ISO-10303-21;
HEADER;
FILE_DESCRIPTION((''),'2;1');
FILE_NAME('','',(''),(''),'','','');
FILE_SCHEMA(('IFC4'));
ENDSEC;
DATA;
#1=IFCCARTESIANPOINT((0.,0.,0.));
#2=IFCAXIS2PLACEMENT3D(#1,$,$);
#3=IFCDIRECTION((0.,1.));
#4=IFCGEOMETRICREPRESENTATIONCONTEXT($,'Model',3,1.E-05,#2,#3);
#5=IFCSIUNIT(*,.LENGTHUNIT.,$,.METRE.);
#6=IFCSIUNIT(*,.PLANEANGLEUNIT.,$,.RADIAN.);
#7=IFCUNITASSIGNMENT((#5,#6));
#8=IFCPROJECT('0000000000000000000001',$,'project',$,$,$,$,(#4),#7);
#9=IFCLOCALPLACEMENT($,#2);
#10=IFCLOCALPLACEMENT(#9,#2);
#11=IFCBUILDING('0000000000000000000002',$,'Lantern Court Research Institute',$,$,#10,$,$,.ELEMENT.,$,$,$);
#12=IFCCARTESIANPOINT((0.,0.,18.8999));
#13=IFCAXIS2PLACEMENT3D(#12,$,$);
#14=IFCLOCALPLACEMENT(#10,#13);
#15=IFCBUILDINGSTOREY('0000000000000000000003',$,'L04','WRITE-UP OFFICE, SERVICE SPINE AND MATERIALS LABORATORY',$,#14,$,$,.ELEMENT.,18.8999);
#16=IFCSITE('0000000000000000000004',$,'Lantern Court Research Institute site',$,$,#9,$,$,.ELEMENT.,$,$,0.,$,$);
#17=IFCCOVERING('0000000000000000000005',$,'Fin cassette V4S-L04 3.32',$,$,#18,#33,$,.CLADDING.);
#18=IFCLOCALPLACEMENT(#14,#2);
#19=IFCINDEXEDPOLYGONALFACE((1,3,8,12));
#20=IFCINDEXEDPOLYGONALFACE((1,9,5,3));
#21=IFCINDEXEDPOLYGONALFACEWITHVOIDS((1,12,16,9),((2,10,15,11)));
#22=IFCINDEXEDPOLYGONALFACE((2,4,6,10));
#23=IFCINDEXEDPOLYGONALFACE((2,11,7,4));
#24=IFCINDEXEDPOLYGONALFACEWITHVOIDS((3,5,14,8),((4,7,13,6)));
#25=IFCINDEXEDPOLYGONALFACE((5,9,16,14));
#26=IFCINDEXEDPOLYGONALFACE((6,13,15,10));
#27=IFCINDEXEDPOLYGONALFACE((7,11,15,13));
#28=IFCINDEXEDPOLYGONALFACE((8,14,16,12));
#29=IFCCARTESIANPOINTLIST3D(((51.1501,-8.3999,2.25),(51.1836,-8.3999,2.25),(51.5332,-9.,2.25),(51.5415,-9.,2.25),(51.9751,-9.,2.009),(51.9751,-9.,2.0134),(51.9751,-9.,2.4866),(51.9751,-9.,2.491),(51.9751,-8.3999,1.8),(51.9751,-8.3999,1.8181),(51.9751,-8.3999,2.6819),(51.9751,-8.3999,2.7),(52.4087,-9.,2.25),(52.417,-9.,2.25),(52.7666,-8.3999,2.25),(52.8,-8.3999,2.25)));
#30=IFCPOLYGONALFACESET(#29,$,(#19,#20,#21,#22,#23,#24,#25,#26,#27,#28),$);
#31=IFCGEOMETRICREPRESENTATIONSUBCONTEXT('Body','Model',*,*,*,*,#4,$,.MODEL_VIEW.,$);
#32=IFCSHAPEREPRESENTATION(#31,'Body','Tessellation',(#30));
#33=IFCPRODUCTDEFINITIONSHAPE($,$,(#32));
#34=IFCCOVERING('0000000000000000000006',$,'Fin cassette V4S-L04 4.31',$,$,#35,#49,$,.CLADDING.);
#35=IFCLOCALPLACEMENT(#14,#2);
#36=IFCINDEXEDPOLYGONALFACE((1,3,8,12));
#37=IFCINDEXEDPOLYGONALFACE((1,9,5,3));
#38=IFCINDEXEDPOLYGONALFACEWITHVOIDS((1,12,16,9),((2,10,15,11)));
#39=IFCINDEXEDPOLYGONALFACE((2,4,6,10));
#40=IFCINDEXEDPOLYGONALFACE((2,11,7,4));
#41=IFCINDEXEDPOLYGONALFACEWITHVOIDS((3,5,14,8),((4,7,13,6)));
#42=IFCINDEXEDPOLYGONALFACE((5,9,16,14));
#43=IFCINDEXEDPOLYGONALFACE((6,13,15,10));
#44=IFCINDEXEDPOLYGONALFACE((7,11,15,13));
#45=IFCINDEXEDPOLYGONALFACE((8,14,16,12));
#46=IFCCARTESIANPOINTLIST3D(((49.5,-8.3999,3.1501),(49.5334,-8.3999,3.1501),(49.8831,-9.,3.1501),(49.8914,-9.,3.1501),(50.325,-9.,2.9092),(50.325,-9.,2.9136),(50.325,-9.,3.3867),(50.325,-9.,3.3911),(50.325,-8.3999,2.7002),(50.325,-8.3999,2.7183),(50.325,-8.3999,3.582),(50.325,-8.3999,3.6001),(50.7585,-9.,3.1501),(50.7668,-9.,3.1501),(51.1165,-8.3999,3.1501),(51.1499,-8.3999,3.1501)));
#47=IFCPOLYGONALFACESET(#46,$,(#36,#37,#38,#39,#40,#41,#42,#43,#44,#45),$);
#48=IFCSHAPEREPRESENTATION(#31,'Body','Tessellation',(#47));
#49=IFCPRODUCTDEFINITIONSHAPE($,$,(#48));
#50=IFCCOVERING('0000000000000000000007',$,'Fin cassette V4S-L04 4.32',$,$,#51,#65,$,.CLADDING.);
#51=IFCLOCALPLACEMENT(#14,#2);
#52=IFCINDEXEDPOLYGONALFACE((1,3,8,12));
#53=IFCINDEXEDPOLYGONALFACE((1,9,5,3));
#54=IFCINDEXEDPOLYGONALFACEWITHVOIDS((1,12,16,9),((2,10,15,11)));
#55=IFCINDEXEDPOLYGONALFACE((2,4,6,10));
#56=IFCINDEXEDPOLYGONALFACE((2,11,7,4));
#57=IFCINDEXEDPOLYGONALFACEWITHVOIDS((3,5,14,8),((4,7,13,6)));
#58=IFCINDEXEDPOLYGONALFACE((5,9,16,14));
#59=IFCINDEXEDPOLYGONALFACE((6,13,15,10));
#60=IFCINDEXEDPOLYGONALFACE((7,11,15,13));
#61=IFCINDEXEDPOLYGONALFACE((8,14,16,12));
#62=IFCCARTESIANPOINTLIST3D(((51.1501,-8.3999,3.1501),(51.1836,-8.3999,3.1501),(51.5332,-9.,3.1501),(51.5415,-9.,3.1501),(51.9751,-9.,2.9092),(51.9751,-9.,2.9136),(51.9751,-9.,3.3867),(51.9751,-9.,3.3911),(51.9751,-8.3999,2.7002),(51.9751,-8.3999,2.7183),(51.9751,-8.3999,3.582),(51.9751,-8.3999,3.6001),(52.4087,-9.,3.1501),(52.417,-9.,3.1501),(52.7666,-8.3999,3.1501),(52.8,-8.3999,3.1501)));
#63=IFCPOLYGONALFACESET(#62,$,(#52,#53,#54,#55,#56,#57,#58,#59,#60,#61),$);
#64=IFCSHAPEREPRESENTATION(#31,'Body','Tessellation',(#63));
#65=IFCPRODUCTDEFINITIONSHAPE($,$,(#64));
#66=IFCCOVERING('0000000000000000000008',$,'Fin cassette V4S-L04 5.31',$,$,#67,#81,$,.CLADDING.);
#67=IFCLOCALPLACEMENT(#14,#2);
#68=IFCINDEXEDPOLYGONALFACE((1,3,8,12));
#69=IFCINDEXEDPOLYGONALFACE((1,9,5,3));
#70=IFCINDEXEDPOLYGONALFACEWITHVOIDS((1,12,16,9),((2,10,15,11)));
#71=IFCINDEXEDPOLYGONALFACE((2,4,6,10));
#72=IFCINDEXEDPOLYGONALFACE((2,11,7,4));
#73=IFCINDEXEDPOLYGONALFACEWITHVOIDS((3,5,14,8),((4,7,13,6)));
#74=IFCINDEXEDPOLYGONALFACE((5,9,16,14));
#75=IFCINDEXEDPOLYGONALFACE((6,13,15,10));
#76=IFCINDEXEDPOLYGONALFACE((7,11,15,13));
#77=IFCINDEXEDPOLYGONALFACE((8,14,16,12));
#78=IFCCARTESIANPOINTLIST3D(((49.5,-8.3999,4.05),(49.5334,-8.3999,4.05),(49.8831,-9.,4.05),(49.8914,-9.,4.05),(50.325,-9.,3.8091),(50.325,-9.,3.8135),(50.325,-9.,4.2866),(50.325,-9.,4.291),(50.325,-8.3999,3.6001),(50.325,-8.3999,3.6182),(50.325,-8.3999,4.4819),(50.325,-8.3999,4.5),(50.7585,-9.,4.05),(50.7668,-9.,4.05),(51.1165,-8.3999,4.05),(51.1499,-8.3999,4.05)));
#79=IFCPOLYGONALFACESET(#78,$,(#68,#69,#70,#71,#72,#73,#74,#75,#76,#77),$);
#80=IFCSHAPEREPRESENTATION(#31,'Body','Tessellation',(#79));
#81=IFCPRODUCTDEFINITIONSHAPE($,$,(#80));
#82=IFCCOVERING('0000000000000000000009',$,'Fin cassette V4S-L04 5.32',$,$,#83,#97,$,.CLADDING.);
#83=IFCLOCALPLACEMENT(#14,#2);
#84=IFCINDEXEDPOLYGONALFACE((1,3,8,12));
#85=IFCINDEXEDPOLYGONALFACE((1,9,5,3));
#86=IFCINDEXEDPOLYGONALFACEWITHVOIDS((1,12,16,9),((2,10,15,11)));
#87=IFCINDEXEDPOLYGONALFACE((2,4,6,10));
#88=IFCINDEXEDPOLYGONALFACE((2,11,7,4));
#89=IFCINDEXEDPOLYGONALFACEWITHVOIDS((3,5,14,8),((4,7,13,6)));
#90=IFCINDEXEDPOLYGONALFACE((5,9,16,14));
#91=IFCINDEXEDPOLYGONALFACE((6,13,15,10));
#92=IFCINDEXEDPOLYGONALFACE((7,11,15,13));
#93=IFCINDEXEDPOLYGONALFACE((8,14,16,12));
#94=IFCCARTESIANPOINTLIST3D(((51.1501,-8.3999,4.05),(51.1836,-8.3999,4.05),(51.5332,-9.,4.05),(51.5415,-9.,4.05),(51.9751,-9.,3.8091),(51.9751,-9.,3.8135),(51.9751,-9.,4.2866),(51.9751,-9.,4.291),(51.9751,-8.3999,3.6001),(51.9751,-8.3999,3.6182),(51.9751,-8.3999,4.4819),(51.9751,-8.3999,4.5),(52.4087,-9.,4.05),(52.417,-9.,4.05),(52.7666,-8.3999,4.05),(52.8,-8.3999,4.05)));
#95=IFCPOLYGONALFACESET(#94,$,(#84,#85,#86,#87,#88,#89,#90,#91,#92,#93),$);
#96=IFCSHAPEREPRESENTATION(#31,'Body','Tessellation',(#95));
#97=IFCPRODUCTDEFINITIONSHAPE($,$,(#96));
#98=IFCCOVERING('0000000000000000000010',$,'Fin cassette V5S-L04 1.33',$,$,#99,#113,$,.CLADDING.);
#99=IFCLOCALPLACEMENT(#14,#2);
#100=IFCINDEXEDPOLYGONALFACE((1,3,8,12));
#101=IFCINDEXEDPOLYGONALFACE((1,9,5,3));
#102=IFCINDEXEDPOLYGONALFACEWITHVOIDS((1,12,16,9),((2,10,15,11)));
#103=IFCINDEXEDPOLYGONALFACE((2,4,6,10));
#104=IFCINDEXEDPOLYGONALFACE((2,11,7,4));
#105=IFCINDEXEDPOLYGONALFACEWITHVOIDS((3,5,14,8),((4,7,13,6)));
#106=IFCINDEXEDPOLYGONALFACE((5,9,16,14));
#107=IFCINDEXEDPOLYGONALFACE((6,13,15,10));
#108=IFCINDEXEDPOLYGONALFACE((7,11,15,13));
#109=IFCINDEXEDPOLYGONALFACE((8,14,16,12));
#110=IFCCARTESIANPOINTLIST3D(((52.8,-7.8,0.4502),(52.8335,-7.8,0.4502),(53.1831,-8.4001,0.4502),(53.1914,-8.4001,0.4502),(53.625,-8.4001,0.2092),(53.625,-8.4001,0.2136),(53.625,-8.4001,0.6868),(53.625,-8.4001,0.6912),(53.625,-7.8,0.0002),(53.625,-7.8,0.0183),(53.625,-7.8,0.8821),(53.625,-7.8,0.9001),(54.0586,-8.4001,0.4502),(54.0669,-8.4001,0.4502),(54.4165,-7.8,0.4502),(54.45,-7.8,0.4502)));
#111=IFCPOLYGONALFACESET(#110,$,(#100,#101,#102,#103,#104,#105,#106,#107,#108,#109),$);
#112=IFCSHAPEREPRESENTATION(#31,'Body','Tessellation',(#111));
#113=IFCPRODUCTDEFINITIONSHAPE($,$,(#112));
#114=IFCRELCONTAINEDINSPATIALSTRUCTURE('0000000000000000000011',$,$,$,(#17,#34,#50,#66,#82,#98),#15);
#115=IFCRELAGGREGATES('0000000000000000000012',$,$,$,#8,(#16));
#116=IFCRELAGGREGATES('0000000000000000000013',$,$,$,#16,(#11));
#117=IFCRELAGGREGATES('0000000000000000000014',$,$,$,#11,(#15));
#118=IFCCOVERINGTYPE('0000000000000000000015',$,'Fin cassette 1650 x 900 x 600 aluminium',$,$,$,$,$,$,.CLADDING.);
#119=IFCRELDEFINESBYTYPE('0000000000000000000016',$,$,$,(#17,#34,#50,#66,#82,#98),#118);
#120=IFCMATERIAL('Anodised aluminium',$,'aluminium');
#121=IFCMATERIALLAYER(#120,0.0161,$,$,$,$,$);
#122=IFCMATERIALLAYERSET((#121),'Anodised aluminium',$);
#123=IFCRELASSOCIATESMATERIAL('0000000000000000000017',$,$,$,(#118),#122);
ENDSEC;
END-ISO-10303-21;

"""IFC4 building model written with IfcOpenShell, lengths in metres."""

from ifc_helpers import new_model, entity, si_unit, direction, frame, origin, place, context, subcontext, project, spatial, material, layer, layer_set, type_object, element, save


model = new_model("IFC4")

# Units and contexts
model_context = context("Model", 3, precision=1e-05, world=origin(), true_north=direction((0.0, 1.0)))
body_context = subcontext(model_context, "Body", "Model", "MODEL_VIEW")
ifc_project = project(units=[si_unit("LENGTHUNIT", "METRE"), si_unit("PLANEANGLEUNIT", "RADIAN")], contexts=[model_context])

# Site, building, storey
site_placement = place(None, origin())
site = spatial("IfcSite", under=ifc_project, at=site_placement, Name="Lantern Court Research Institute site", CompositionType="ELEMENT", RefElevation=0.0)
building_placement = place(site_placement, origin())
building = spatial("IfcBuilding", under=site, at=building_placement, Name="Lantern Court Research Institute", CompositionType="ELEMENT")
storey_placement = place(building_placement, frame((0.0, 0.0, 18.8999)))
storey = spatial("IfcBuildingStorey", under=building, at=storey_placement, Name="L04", Description="WRITE-UP OFFICE, SERVICE SPINE AND MATERIALS LABORATORY", CompositionType="ELEMENT", Elevation=18.8999)

# Coverings
ifc_material_1 = material(Name="Anodised aluminium", Category="aluminium")
ifc_layer_1 = layer(ifc_material_1, 0.0161)
ifc_layer_set_1 = layer_set([ifc_layer_1], Name="Anodised aluminium")
covering_type = type_object("IfcCoveringType", Name="Fin cassette 1650 x 900 x 600 aluminium", PredefinedType="CLADDING", material=ifc_layer_set_1)
covering_1_placement = place(storey_placement, frame((51.9751, -8.3999, 2.25), z_axis=(0.0, -1.0, 0.0), x_axis=(1.0, 0.0, 0.0)))
cartesian_point_1 = entity("IfcCartesianPoint", [0.825, 0.0])
cartesian_point_2 = entity("IfcCartesianPoint", [0.7915, 0.0])
cartesian_point_3 = entity("IfcCartesianPoint", [0.4419, 0.0])
cartesian_point_4 = entity("IfcCartesianPoint", [0.4336, 0.0])
element("IfcCovering", 1, at=covering_1_placement, inside=storey, type_object=covering_type, Name="Fin cassette V4S-L04 3.32", PredefinedType="CLADDING", context=body_context, shape_type="SweptSolid", body=[
    entity("IfcExtrudedAreaSolidTapered", entity("IfcArbitraryProfileDefWithVoids", "AREA", None, entity("IfcPolyline", [cartesian_point_1, entity("IfcCartesianPoint", [0.0, 0.45]), entity("IfcCartesianPoint", [-0.825, 0.0]), entity("IfcCartesianPoint", [0.0, -0.45]), cartesian_point_1]), [entity("IfcPolyline", [cartesian_point_2, entity("IfcCartesianPoint", [0.0, 0.4319]), entity("IfcCartesianPoint", [-0.7915, 0.0]), entity("IfcCartesianPoint", [0.0, -0.4319]), cartesian_point_2])]), entity("IfcAxis2Placement3D", entity("IfcCartesianPoint", [0.0, 0.0, 0.0])), entity("IfcDirection", [0.0, 0.0, 1.0]), 0.6001, entity("IfcArbitraryProfileDefWithVoids", "AREA", None, entity("IfcPolyline", [cartesian_point_3, entity("IfcCartesianPoint", [0.0, 0.241]), entity("IfcCartesianPoint", [-0.4419, 0.0]), entity("IfcCartesianPoint", [0.0, -0.241]), cartesian_point_3]), [entity("IfcPolyline", [cartesian_point_4, entity("IfcCartesianPoint", [0.0, 0.2366]), entity("IfcCartesianPoint", [-0.4336, 0.0]), entity("IfcCartesianPoint", [0.0, -0.2366]), cartesian_point_4])])),
])
covering_2_placement = place(storey_placement, frame((50.325, -8.3999, 3.1501), z_axis=(0.0, -1.0, 0.0), x_axis=(1.0, 0.0, 0.0)))
cartesian_point_5 = entity("IfcCartesianPoint", [0.825, 0.0])
cartesian_point_6 = entity("IfcCartesianPoint", [0.7915, 0.0])
cartesian_point_7 = entity("IfcCartesianPoint", [0.4419, 0.0])
cartesian_point_8 = entity("IfcCartesianPoint", [0.4336, 0.0])
element("IfcCovering", 2, at=covering_2_placement, inside=storey, type_object=covering_type, Name="Fin cassette V4S-L04 4.31", PredefinedType="CLADDING", context=body_context, shape_type="SweptSolid", body=[
    entity("IfcExtrudedAreaSolidTapered", entity("IfcArbitraryProfileDefWithVoids", "AREA", None, entity("IfcPolyline", [cartesian_point_5, entity("IfcCartesianPoint", [0.0, 0.45]), entity("IfcCartesianPoint", [-0.825, 0.0]), entity("IfcCartesianPoint", [0.0, -0.45]), cartesian_point_5]), [entity("IfcPolyline", [cartesian_point_6, entity("IfcCartesianPoint", [0.0, 0.4319]), entity("IfcCartesianPoint", [-0.7915, 0.0]), entity("IfcCartesianPoint", [0.0, -0.4319]), cartesian_point_6])]), entity("IfcAxis2Placement3D", entity("IfcCartesianPoint", [0.0, 0.0, 0.0])), entity("IfcDirection", [0.0, 0.0, 1.0]), 0.6001, entity("IfcArbitraryProfileDefWithVoids", "AREA", None, entity("IfcPolyline", [cartesian_point_7, entity("IfcCartesianPoint", [0.0, 0.241]), entity("IfcCartesianPoint", [-0.4419, 0.0]), entity("IfcCartesianPoint", [0.0, -0.241]), cartesian_point_7]), [entity("IfcPolyline", [cartesian_point_8, entity("IfcCartesianPoint", [0.0, 0.2366]), entity("IfcCartesianPoint", [-0.4336, 0.0]), entity("IfcCartesianPoint", [0.0, -0.2366]), cartesian_point_8])])),
])
covering_3_placement = place(storey_placement, frame((51.9751, -8.3999, 3.1501), z_axis=(0.0, -1.0, 0.0), x_axis=(1.0, 0.0, 0.0)))
cartesian_point_9 = entity("IfcCartesianPoint", [0.825, 0.0])
cartesian_point_10 = entity("IfcCartesianPoint", [0.7915, 0.0])
cartesian_point_11 = entity("IfcCartesianPoint", [0.4419, 0.0])
cartesian_point_12 = entity("IfcCartesianPoint", [0.4336, 0.0])
element("IfcCovering", 3, at=covering_3_placement, inside=storey, type_object=covering_type, Name="Fin cassette V4S-L04 4.32", PredefinedType="CLADDING", context=body_context, shape_type="SweptSolid", body=[
    entity("IfcExtrudedAreaSolidTapered", entity("IfcArbitraryProfileDefWithVoids", "AREA", None, entity("IfcPolyline", [cartesian_point_9, entity("IfcCartesianPoint", [0.0, 0.45]), entity("IfcCartesianPoint", [-0.825, 0.0]), entity("IfcCartesianPoint", [0.0, -0.45]), cartesian_point_9]), [entity("IfcPolyline", [cartesian_point_10, entity("IfcCartesianPoint", [0.0, 0.4319]), entity("IfcCartesianPoint", [-0.7915, 0.0]), entity("IfcCartesianPoint", [0.0, -0.4319]), cartesian_point_10])]), entity("IfcAxis2Placement3D", entity("IfcCartesianPoint", [0.0, 0.0, 0.0])), entity("IfcDirection", [0.0, 0.0, 1.0]), 0.6001, entity("IfcArbitraryProfileDefWithVoids", "AREA", None, entity("IfcPolyline", [cartesian_point_11, entity("IfcCartesianPoint", [0.0, 0.241]), entity("IfcCartesianPoint", [-0.4419, 0.0]), entity("IfcCartesianPoint", [0.0, -0.241]), cartesian_point_11]), [entity("IfcPolyline", [cartesian_point_12, entity("IfcCartesianPoint", [0.0, 0.2366]), entity("IfcCartesianPoint", [-0.4336, 0.0]), entity("IfcCartesianPoint", [0.0, -0.2366]), cartesian_point_12])])),
])
covering_4_placement = place(storey_placement, frame((50.325, -8.3999, 4.05), z_axis=(0.0, -1.0, 0.0), x_axis=(1.0, 0.0, 0.0)))
cartesian_point_13 = entity("IfcCartesianPoint", [0.825, 0.0])
cartesian_point_14 = entity("IfcCartesianPoint", [0.7915, 0.0])
cartesian_point_15 = entity("IfcCartesianPoint", [0.4419, 0.0])
cartesian_point_16 = entity("IfcCartesianPoint", [0.4336, 0.0])
element("IfcCovering", 4, at=covering_4_placement, inside=storey, type_object=covering_type, Name="Fin cassette V4S-L04 5.31", PredefinedType="CLADDING", context=body_context, shape_type="SweptSolid", body=[
    entity("IfcExtrudedAreaSolidTapered", entity("IfcArbitraryProfileDefWithVoids", "AREA", None, entity("IfcPolyline", [cartesian_point_13, entity("IfcCartesianPoint", [0.0, 0.45]), entity("IfcCartesianPoint", [-0.825, 0.0]), entity("IfcCartesianPoint", [0.0, -0.45]), cartesian_point_13]), [entity("IfcPolyline", [cartesian_point_14, entity("IfcCartesianPoint", [0.0, 0.4319]), entity("IfcCartesianPoint", [-0.7915, 0.0]), entity("IfcCartesianPoint", [0.0, -0.4319]), cartesian_point_14])]), entity("IfcAxis2Placement3D", entity("IfcCartesianPoint", [0.0, 0.0, 0.0])), entity("IfcDirection", [0.0, 0.0, 1.0]), 0.6001, entity("IfcArbitraryProfileDefWithVoids", "AREA", None, entity("IfcPolyline", [cartesian_point_15, entity("IfcCartesianPoint", [0.0, 0.241]), entity("IfcCartesianPoint", [-0.4419, 0.0]), entity("IfcCartesianPoint", [0.0, -0.241]), cartesian_point_15]), [entity("IfcPolyline", [cartesian_point_16, entity("IfcCartesianPoint", [0.0, 0.2366]), entity("IfcCartesianPoint", [-0.4336, 0.0]), entity("IfcCartesianPoint", [0.0, -0.2366]), cartesian_point_16])])),
])
covering_5_placement = place(storey_placement, frame((51.9751, -8.3999, 4.05), z_axis=(0.0, -1.0, 0.0), x_axis=(1.0, 0.0, 0.0)))
cartesian_point_17 = entity("IfcCartesianPoint", [0.825, 0.0])
cartesian_point_18 = entity("IfcCartesianPoint", [0.7915, 0.0])
cartesian_point_19 = entity("IfcCartesianPoint", [0.4419, 0.0])
cartesian_point_20 = entity("IfcCartesianPoint", [0.4336, 0.0])
element("IfcCovering", 5, at=covering_5_placement, inside=storey, type_object=covering_type, Name="Fin cassette V4S-L04 5.32", PredefinedType="CLADDING", context=body_context, shape_type="SweptSolid", body=[
    entity("IfcExtrudedAreaSolidTapered", entity("IfcArbitraryProfileDefWithVoids", "AREA", None, entity("IfcPolyline", [cartesian_point_17, entity("IfcCartesianPoint", [0.0, 0.45]), entity("IfcCartesianPoint", [-0.825, 0.0]), entity("IfcCartesianPoint", [0.0, -0.45]), cartesian_point_17]), [entity("IfcPolyline", [cartesian_point_18, entity("IfcCartesianPoint", [0.0, 0.4319]), entity("IfcCartesianPoint", [-0.7915, 0.0]), entity("IfcCartesianPoint", [0.0, -0.4319]), cartesian_point_18])]), entity("IfcAxis2Placement3D", entity("IfcCartesianPoint", [0.0, 0.0, 0.0])), entity("IfcDirection", [0.0, 0.0, 1.0]), 0.6001, entity("IfcArbitraryProfileDefWithVoids", "AREA", None, entity("IfcPolyline", [cartesian_point_19, entity("IfcCartesianPoint", [0.0, 0.241]), entity("IfcCartesianPoint", [-0.4419, 0.0]), entity("IfcCartesianPoint", [0.0, -0.241]), cartesian_point_19]), [entity("IfcPolyline", [cartesian_point_20, entity("IfcCartesianPoint", [0.0, 0.2366]), entity("IfcCartesianPoint", [-0.4336, 0.0]), entity("IfcCartesianPoint", [0.0, -0.2366]), cartesian_point_20])])),
])
covering_6_placement = place(storey_placement, frame((53.625, -7.8, 0.4502), z_axis=(0.0, -1.0, 0.0), x_axis=(1.0, 0.0, 0.0)))
cartesian_point_21 = entity("IfcCartesianPoint", [0.825, 0.0])
cartesian_point_22 = entity("IfcCartesianPoint", [0.7915, 0.0])
cartesian_point_23 = entity("IfcCartesianPoint", [0.4419, 0.0])
cartesian_point_24 = entity("IfcCartesianPoint", [0.4336, 0.0])
element("IfcCovering", 6, at=covering_6_placement, inside=storey, type_object=covering_type, Name="Fin cassette V5S-L04 1.33", PredefinedType="CLADDING", context=body_context, shape_type="SweptSolid", body=[
    entity("IfcExtrudedAreaSolidTapered", entity("IfcArbitraryProfileDefWithVoids", "AREA", None, entity("IfcPolyline", [cartesian_point_21, entity("IfcCartesianPoint", [0.0, 0.45]), entity("IfcCartesianPoint", [-0.825, 0.0]), entity("IfcCartesianPoint", [0.0, -0.45]), cartesian_point_21]), [entity("IfcPolyline", [cartesian_point_22, entity("IfcCartesianPoint", [0.0, 0.4319]), entity("IfcCartesianPoint", [-0.7915, 0.0]), entity("IfcCartesianPoint", [0.0, -0.4319]), cartesian_point_22])]), entity("IfcAxis2Placement3D", entity("IfcCartesianPoint", [0.0, 0.0, 0.0])), entity("IfcDirection", [0.0, 0.0, 1.0]), 0.6001, entity("IfcArbitraryProfileDefWithVoids", "AREA", None, entity("IfcPolyline", [cartesian_point_23, entity("IfcCartesianPoint", [0.0, 0.241]), entity("IfcCartesianPoint", [-0.4419, 0.0]), entity("IfcCartesianPoint", [0.0, -0.241]), cartesian_point_23]), [entity("IfcPolyline", [cartesian_point_24, entity("IfcCartesianPoint", [0.0, 0.2366]), entity("IfcCartesianPoint", [-0.4336, 0.0]), entity("IfcCartesianPoint", [0.0, -0.2366]), cartesian_point_24])])),
])

save(model, "model.ifc")
